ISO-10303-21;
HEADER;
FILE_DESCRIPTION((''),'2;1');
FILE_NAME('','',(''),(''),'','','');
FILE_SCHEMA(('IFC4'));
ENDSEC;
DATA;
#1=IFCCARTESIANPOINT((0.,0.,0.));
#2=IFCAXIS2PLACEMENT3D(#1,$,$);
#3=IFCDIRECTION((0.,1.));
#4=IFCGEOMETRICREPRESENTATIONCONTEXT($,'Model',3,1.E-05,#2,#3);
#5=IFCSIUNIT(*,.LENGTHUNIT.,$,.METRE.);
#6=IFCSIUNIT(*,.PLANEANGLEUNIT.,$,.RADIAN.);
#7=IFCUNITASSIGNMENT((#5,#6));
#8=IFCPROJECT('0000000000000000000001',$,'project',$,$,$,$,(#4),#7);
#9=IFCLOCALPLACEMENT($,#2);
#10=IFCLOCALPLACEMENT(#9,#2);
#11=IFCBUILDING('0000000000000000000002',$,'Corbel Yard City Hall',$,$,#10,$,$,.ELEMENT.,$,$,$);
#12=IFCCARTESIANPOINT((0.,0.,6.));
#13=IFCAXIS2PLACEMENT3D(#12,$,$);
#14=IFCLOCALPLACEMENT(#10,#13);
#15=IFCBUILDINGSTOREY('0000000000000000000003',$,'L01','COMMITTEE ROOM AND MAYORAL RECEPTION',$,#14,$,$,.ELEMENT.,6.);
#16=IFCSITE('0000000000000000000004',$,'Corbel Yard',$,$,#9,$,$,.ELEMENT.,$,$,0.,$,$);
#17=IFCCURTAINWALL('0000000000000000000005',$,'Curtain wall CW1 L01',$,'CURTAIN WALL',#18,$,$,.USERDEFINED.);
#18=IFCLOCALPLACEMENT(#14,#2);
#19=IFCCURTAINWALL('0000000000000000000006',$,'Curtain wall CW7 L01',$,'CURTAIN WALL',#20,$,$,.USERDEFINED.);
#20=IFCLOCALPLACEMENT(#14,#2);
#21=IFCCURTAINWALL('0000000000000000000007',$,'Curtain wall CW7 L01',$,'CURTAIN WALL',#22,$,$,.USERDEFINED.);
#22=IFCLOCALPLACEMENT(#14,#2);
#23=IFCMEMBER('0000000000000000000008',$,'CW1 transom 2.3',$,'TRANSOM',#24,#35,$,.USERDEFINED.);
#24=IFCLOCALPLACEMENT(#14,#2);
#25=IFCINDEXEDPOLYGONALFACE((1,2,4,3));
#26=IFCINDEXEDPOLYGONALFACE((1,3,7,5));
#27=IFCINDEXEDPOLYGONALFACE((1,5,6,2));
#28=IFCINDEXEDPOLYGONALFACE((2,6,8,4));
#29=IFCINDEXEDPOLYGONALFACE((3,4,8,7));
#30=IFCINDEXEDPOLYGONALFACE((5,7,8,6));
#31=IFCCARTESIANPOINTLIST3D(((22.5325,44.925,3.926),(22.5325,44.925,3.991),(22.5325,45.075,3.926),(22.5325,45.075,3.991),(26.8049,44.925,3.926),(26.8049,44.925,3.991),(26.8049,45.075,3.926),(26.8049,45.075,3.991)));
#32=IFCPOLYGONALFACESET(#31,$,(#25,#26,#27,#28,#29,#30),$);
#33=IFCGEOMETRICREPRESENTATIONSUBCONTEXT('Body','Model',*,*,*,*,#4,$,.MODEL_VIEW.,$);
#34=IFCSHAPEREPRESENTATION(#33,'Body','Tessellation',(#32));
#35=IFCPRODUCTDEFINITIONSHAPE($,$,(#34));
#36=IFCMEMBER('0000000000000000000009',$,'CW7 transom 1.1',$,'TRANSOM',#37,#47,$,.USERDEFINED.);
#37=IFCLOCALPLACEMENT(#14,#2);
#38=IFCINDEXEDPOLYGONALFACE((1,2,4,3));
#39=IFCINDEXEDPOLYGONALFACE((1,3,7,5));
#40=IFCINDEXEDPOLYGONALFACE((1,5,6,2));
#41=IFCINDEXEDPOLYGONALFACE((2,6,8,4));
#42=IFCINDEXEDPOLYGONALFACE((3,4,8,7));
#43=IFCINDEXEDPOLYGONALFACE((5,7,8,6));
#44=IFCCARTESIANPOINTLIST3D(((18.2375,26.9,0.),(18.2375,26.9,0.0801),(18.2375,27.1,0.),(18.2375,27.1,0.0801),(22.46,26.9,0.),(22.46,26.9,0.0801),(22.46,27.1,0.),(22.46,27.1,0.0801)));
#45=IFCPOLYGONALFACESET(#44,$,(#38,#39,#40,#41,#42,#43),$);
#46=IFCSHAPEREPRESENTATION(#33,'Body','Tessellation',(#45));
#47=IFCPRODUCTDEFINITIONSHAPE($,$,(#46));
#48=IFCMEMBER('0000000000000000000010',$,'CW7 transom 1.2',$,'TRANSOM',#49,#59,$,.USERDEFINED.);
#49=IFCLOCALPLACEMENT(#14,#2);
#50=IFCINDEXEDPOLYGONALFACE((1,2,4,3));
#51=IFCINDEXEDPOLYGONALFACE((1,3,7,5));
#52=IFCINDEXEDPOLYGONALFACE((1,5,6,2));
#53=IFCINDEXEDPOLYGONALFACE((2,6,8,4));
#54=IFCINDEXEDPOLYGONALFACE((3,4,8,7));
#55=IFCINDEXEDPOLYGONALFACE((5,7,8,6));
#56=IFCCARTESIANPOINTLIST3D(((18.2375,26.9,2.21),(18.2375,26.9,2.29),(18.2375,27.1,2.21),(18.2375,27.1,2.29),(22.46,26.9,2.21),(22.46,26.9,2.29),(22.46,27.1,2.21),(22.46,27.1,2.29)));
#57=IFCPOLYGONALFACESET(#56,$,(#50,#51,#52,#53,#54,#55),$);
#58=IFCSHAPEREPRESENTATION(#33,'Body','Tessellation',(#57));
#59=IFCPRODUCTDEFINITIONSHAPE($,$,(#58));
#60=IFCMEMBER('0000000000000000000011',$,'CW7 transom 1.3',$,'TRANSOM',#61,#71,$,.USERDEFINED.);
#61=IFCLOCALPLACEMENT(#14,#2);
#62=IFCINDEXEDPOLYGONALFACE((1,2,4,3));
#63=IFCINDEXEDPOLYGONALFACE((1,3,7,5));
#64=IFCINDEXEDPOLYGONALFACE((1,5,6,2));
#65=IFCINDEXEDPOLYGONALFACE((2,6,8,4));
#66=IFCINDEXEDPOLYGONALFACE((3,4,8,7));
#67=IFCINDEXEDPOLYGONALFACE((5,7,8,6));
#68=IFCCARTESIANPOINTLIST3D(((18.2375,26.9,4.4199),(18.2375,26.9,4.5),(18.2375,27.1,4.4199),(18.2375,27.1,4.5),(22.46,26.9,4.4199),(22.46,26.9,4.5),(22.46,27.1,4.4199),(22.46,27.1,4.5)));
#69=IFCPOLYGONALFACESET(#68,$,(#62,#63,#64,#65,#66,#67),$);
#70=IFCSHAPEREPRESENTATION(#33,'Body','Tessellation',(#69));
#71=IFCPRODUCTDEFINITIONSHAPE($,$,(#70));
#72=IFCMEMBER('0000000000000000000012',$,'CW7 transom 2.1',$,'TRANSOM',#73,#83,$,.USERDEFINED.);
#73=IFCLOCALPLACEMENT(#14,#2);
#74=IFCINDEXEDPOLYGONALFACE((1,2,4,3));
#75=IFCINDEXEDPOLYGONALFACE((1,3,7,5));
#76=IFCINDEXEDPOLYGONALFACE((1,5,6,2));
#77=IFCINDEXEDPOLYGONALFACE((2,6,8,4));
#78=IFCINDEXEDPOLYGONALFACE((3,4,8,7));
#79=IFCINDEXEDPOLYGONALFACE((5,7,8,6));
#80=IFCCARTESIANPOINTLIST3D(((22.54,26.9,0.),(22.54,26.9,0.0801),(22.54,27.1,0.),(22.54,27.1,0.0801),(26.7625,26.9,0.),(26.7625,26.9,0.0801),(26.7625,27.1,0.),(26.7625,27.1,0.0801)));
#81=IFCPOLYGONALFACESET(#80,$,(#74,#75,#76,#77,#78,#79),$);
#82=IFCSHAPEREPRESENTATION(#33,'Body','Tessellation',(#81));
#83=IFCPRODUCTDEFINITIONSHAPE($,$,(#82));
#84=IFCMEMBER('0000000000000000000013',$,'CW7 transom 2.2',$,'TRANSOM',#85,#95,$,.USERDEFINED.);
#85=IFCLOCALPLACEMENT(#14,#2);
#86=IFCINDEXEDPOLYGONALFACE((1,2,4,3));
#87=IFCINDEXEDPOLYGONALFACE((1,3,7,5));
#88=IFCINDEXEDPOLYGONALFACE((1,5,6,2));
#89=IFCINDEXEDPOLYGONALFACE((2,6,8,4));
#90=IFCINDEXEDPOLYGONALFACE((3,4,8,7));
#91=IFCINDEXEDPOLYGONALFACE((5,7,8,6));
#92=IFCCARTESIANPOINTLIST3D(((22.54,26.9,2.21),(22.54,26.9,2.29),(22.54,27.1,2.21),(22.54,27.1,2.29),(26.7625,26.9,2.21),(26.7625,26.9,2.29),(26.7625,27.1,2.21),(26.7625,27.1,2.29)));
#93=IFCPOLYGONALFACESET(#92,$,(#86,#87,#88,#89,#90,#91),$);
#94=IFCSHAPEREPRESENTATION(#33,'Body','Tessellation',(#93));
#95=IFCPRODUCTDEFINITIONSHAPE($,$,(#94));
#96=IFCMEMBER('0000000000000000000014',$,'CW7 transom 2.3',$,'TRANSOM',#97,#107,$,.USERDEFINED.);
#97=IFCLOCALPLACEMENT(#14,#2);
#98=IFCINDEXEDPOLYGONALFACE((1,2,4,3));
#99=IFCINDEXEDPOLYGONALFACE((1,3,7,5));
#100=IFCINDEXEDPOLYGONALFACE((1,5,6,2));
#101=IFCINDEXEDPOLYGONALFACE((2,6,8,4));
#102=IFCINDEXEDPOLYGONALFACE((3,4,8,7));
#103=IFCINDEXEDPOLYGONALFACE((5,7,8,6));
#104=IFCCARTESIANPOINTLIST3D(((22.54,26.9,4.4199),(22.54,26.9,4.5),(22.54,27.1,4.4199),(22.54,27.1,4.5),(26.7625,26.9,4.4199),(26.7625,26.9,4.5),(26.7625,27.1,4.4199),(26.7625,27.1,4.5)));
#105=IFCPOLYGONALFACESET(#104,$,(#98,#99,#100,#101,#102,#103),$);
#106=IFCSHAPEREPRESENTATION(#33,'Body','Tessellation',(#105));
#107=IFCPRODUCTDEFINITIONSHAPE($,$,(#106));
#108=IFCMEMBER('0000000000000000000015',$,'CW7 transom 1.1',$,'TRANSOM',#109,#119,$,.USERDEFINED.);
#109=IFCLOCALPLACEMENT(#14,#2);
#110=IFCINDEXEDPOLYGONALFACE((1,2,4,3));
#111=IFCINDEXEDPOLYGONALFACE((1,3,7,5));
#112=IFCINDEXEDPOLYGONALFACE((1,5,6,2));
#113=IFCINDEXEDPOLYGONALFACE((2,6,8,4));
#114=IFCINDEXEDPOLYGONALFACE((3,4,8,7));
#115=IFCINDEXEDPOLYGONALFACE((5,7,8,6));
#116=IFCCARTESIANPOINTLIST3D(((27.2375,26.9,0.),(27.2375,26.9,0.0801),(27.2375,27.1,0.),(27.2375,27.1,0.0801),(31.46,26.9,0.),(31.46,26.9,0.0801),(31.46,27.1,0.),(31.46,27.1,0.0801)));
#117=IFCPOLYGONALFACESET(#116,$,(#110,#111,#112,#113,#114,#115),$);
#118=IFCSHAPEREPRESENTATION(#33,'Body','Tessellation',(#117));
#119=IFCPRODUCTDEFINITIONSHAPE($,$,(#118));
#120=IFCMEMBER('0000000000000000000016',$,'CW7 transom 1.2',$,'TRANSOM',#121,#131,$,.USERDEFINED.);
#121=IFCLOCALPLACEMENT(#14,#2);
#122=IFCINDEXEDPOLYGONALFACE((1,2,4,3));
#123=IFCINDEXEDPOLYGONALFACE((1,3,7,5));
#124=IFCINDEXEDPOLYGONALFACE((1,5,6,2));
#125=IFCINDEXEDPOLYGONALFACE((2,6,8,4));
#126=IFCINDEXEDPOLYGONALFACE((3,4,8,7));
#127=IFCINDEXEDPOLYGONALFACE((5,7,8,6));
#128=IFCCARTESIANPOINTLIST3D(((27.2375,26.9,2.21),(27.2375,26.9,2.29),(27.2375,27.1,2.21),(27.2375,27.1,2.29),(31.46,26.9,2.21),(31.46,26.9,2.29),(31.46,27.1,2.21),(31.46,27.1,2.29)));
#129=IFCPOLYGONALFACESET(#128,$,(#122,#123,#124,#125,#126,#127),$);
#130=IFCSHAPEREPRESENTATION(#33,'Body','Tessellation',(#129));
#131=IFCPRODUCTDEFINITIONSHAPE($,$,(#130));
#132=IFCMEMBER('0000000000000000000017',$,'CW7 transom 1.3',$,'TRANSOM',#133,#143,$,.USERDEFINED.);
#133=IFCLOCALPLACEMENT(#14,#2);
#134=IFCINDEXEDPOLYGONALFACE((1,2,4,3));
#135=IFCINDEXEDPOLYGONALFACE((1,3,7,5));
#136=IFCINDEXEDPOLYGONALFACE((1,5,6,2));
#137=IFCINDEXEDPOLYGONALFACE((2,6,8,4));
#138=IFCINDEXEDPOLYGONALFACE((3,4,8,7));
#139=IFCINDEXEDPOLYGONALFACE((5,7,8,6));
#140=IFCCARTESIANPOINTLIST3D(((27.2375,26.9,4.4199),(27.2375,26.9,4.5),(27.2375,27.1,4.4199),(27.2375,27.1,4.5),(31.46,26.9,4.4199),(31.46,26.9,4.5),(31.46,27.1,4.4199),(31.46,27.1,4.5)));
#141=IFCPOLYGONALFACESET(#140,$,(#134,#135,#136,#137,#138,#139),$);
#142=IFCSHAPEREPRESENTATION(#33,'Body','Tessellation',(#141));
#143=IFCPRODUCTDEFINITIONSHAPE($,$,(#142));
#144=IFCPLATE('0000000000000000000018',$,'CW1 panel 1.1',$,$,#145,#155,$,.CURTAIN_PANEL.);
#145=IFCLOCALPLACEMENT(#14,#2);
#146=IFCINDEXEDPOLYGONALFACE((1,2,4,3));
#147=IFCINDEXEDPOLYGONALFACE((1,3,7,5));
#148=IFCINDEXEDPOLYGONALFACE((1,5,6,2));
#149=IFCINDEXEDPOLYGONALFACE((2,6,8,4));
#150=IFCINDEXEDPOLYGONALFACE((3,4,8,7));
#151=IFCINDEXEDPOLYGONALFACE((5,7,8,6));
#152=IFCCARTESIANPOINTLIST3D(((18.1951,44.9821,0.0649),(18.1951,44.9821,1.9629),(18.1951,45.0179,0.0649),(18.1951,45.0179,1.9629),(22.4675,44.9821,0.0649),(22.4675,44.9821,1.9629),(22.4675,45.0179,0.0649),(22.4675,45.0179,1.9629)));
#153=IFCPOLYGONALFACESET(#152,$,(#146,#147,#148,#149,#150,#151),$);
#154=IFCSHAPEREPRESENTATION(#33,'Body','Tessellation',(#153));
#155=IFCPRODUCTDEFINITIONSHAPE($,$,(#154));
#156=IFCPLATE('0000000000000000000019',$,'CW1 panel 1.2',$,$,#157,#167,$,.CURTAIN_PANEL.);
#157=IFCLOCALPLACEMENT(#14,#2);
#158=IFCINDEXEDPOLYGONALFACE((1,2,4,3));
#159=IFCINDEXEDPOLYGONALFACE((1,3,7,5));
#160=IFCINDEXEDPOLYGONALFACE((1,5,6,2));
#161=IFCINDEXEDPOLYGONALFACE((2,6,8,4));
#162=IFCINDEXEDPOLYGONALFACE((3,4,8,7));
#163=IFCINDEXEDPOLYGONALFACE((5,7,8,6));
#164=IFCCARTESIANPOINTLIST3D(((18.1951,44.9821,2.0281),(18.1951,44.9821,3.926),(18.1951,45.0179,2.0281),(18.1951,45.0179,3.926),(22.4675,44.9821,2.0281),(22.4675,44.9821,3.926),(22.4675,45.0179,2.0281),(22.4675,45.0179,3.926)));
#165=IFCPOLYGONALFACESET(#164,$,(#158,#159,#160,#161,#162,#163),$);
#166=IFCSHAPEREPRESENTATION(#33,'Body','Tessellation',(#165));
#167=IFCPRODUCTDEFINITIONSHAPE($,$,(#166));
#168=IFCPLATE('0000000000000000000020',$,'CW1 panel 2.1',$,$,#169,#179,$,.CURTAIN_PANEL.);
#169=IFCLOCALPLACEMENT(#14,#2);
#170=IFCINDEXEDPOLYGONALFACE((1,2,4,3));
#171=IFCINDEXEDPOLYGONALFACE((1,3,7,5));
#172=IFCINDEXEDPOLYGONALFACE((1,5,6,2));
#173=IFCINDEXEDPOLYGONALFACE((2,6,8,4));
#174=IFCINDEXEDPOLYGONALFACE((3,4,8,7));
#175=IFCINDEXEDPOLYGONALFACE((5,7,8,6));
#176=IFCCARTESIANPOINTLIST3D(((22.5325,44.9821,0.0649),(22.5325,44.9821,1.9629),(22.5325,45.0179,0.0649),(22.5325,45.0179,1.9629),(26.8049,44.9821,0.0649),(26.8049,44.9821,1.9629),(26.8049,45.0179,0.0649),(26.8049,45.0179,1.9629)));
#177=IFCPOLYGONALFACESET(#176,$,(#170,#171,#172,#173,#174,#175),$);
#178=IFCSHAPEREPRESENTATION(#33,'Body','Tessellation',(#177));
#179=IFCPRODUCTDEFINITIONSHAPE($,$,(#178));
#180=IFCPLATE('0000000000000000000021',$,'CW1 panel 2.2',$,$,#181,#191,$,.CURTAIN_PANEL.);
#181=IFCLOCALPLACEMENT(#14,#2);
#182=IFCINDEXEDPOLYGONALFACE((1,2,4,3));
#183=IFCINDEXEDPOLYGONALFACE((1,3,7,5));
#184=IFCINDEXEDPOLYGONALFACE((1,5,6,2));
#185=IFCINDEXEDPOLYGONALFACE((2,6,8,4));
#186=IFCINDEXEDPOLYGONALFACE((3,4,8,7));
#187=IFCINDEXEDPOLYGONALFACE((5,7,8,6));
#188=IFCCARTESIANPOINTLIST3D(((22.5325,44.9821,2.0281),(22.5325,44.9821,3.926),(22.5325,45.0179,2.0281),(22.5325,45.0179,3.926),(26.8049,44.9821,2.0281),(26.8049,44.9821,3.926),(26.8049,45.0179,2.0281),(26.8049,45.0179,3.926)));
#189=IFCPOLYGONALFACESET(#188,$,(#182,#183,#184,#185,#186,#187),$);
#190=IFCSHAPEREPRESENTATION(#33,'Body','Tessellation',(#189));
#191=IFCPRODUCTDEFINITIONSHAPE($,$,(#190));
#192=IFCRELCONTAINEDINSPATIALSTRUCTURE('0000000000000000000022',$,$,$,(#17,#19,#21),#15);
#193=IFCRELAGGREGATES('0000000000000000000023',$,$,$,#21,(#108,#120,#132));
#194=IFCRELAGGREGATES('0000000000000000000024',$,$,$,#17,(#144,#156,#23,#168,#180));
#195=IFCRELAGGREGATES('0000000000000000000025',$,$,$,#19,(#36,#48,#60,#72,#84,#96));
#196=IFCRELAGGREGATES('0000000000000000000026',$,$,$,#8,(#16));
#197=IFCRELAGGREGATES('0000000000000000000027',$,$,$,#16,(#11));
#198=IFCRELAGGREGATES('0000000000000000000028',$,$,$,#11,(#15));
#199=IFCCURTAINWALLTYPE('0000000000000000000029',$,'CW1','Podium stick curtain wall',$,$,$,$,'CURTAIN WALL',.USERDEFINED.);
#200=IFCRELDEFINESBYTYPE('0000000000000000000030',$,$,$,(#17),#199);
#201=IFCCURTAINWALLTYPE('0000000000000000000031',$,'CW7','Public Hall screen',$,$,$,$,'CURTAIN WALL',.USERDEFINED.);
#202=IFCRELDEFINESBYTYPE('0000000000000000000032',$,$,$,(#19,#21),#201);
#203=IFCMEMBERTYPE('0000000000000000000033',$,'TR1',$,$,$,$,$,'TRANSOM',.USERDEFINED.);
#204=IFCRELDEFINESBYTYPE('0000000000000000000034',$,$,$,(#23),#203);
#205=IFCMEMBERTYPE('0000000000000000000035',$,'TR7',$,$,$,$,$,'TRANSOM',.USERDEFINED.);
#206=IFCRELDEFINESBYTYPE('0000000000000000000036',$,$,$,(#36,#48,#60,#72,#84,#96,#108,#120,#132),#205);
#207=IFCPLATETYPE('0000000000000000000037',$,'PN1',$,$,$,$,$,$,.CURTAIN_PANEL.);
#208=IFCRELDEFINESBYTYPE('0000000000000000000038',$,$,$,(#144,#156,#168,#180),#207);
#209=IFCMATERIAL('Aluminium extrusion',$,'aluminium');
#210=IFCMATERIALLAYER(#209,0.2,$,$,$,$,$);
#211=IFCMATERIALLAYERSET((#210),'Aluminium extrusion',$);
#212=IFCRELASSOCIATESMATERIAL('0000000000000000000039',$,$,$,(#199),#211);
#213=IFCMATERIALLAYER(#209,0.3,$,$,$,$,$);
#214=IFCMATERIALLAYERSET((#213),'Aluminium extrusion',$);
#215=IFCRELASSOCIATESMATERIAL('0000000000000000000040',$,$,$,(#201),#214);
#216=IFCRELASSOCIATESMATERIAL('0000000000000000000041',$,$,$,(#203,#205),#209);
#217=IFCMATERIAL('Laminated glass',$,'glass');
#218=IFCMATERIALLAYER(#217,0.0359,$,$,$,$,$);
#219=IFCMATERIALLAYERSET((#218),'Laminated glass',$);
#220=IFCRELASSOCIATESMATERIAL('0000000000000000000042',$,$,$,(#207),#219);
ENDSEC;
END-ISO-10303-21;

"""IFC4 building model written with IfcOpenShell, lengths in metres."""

from ifc_helpers import new_model, si_unit, direction, frame, origin, origin_2d, place, context, subcontext, project, spatial, rectangle, extrude, material, layer, layer_set, material_profile, profile_set, type_object, element, aggregate, save


model = new_model("IFC4")

# Units and contexts
model_context = context("Model", 3, precision=1e-05, world=origin(), true_north=direction((0.0, 1.0)))
body_context = subcontext(model_context, "Body", "Model", "MODEL_VIEW")
ifc_project = project(units=[si_unit("LENGTHUNIT", "METRE"), si_unit("PLANEANGLEUNIT", "RADIAN")], contexts=[model_context])

# Site, building, storey
site_placement = place(None, origin())
site = spatial("IfcSite", under=ifc_project, at=site_placement, Name="Corbel Yard", CompositionType="ELEMENT", RefElevation=0.0)
building_placement = place(site_placement, origin())
building = spatial("IfcBuilding", under=site, at=building_placement, Name="Corbel Yard City Hall", CompositionType="ELEMENT")
storey_placement = place(building_placement, frame((0.0, 0.0, 6.0)))
storey = spatial("IfcBuildingStorey", under=building, at=storey_placement, Name="L01", Description="COMMITTEE ROOM AND MAYORAL RECEPTION", CompositionType="ELEMENT", Elevation=6.0)

# Curtain walls
ifc_material_1 = material(Name="Aluminium extrusion", Category="aluminium")
ifc_layer_1 = layer(ifc_material_1, 0.2)
ifc_layer_set_1 = layer_set([ifc_layer_1], Name="Aluminium extrusion")
curtain_wall_type_1 = type_object("IfcCurtainWallType", Name="CW1", Description="Podium stick curtain wall", ElementType="CURTAIN WALL", PredefinedType="USERDEFINED", material=ifc_layer_set_1)
curtain_wall_1_placement = place(storey_placement, origin())
curtain_wall_1 = element("IfcCurtainWall", 1, at=curtain_wall_1_placement, inside=storey, type_object=curtain_wall_type_1, Name="Curtain wall CW1 L01", ObjectType="CURTAIN WALL", PredefinedType="USERDEFINED")
ifc_layer_2 = layer(ifc_material_1, 0.3)
ifc_layer_set_2 = layer_set([ifc_layer_2], Name="Aluminium extrusion")
curtain_wall_type_2 = type_object("IfcCurtainWallType", Name="CW7", Description="Public Hall screen", ElementType="CURTAIN WALL", PredefinedType="USERDEFINED", material=ifc_layer_set_2)
curtain_wall_2_placement = place(storey_placement, origin())
curtain_wall_2 = element("IfcCurtainWall", 2, at=curtain_wall_2_placement, inside=storey, type_object=curtain_wall_type_2, Name="Curtain wall CW7 L01", ObjectType="CURTAIN WALL", PredefinedType="USERDEFINED")

# Curtain wall
curtain_wall_3_placement = place(storey_placement, origin())
curtain_wall_3 = element("IfcCurtainWall", 3, at=curtain_wall_3_placement, inside=storey, type_object=curtain_wall_type_2, Name="Curtain wall CW7 L01", ObjectType="CURTAIN WALL", PredefinedType="USERDEFINED")

# Members
ifc_material_profile_1 = material_profile(ifc_material_1, rectangle(XDim=0.1499, YDim=0.0649, at=origin_2d()), Name="150x65")
ifc_profile_set_1 = profile_set([ifc_material_profile_1], Name="Aluminium extrusion")
member_type_1 = type_object("IfcMemberType", Name="TR1", ElementType="TRANSOM", PredefinedType="USERDEFINED", material=ifc_profile_set_1)
member_1_placement = place(storey_placement, frame((22.5325, 45.0, 3.9585), z_axis=(1.0, 0.0, 0.0), x_axis=(0.0, 1.0, 0.0)))
member_1 = element("IfcMember", 4, at=member_1_placement, type_object=member_type_1, Name="CW1 transom 2.3", ObjectType="TRANSOM", PredefinedType="USERDEFINED", context=body_context, shape_type="SweptSolid", body=[
    extrude(rectangle(XDim=0.1499, YDim=0.0649, at=origin_2d()), origin(), (0.0, 0.0, 1.0), 4.2725),
])
ifc_material_profile_2 = material_profile(ifc_material_1, rectangle(XDim=0.2, YDim=0.0801, at=origin_2d()), Name="200x80")
ifc_profile_set_2 = profile_set([ifc_material_profile_2], Name="Aluminium extrusion")
member_type_2 = type_object("IfcMemberType", Name="TR7", ElementType="TRANSOM", PredefinedType="USERDEFINED", material=ifc_profile_set_2)
member_2_placement = place(storey_placement, frame((18.2375, 27.0, 0.04), z_axis=(1.0, 0.0, 0.0), x_axis=(0.0, 1.0, 0.0)))
member_2 = element("IfcMember", 5, at=member_2_placement, type_object=member_type_2, Name="CW7 transom 1.1", ObjectType="TRANSOM", PredefinedType="USERDEFINED", context=body_context, shape_type="SweptSolid", body=[
    extrude(rectangle(XDim=0.2, YDim=0.0801, at=origin_2d()), origin(), (0.0, 0.0, 1.0), 4.2224),
])
member_3_placement = place(storey_placement, frame((18.2375, 27.0, 2.25), z_axis=(1.0, 0.0, 0.0), x_axis=(0.0, 1.0, 0.0)))
member_3 = element("IfcMember", 6, at=member_3_placement, type_object=member_type_2, Name="CW7 transom 1.2", ObjectType="TRANSOM", PredefinedType="USERDEFINED", context=body_context, shape_type="SweptSolid", body=[
    extrude(rectangle(XDim=0.2, YDim=0.0801, at=origin_2d()), origin(), (0.0, 0.0, 1.0), 4.2224),
])
member_4_placement = place(storey_placement, frame((18.2375, 27.0, 4.46), z_axis=(1.0, 0.0, 0.0), x_axis=(0.0, 1.0, 0.0)))
member_4 = element("IfcMember", 7, at=member_4_placement, type_object=member_type_2, Name="CW7 transom 1.3", ObjectType="TRANSOM", PredefinedType="USERDEFINED", context=body_context, shape_type="SweptSolid", body=[
    extrude(rectangle(XDim=0.2, YDim=0.0801, at=origin_2d()), origin(), (0.0, 0.0, 1.0), 4.2224),
])
member_5_placement = place(storey_placement, frame((22.54, 27.0, 0.04), z_axis=(1.0, 0.0, 0.0), x_axis=(0.0, 1.0, 0.0)))
member_5 = element("IfcMember", 8, at=member_5_placement, type_object=member_type_2, Name="CW7 transom 2.1", ObjectType="TRANSOM", PredefinedType="USERDEFINED", context=body_context, shape_type="SweptSolid", body=[
    extrude(rectangle(XDim=0.2, YDim=0.0801, at=origin_2d()), origin(), (0.0, 0.0, 1.0), 4.2224),
])
member_6_placement = place(storey_placement, frame((22.54, 27.0, 2.25), z_axis=(1.0, 0.0, 0.0), x_axis=(0.0, 1.0, 0.0)))
member_6 = element("IfcMember", 9, at=member_6_placement, type_object=member_type_2, Name="CW7 transom 2.2", ObjectType="TRANSOM", PredefinedType="USERDEFINED", context=body_context, shape_type="SweptSolid", body=[
    extrude(rectangle(XDim=0.2, YDim=0.0801, at=origin_2d()), origin(), (0.0, 0.0, 1.0), 4.2224),
])
member_7_placement = place(storey_placement, frame((22.54, 27.0, 4.46), z_axis=(1.0, 0.0, 0.0), x_axis=(0.0, 1.0, 0.0)))
member_7 = element("IfcMember", 10, at=member_7_placement, type_object=member_type_2, Name="CW7 transom 2.3", ObjectType="TRANSOM", PredefinedType="USERDEFINED", context=body_context, shape_type="SweptSolid", body=[
    extrude(rectangle(XDim=0.2, YDim=0.0801, at=origin_2d()), origin(), (0.0, 0.0, 1.0), 4.2224),
])
member_8_placement = place(storey_placement, frame((27.2375, 27.0, 0.04), z_axis=(1.0, 0.0, 0.0), x_axis=(0.0, 1.0, 0.0)))
member_8 = element("IfcMember", 11, at=member_8_placement, type_object=member_type_2, Name="CW7 transom 1.1", ObjectType="TRANSOM", PredefinedType="USERDEFINED", context=body_context, shape_type="SweptSolid", body=[
    extrude(rectangle(XDim=0.2, YDim=0.0801, at=origin_2d()), origin(), (0.0, 0.0, 1.0), 4.2224),
])
member_9_placement = place(storey_placement, frame((27.2375, 27.0, 2.25), z_axis=(1.0, 0.0, 0.0), x_axis=(0.0, 1.0, 0.0)))
member_9 = element("IfcMember", 12, at=member_9_placement, type_object=member_type_2, Name="CW7 transom 1.2", ObjectType="TRANSOM", PredefinedType="USERDEFINED", context=body_context, shape_type="SweptSolid", body=[
    extrude(rectangle(XDim=0.2, YDim=0.0801, at=origin_2d()), origin(), (0.0, 0.0, 1.0), 4.2224),
])
member_10_placement = place(storey_placement, frame((27.2375, 27.0, 4.46), z_axis=(1.0, 0.0, 0.0), x_axis=(0.0, 1.0, 0.0)))
member_10 = element("IfcMember", 13, at=member_10_placement, type_object=member_type_2, Name="CW7 transom 1.3", ObjectType="TRANSOM", PredefinedType="USERDEFINED", context=body_context, shape_type="SweptSolid", body=[
    extrude(rectangle(XDim=0.2, YDim=0.0801, at=origin_2d()), origin(), (0.0, 0.0, 1.0), 4.2224),
])
aggregate(curtain_wall_3, [member_8, member_9, member_10])

# Plates
ifc_material_2 = material(Name="Laminated glass", Category="glass")
ifc_layer_3 = layer(ifc_material_2, 0.0359)
ifc_layer_set_3 = layer_set([ifc_layer_3], Name="Laminated glass")
plate_type_1 = type_object("IfcPlateType", Name="PN1", PredefinedType="CURTAIN_PANEL", material=ifc_layer_set_3)
plate_1_placement = place(storey_placement, frame((20.3313, 45.0, 0.0649), z_axis=(0.0, 0.0, 1.0), x_axis=(1.0, 0.0, 0.0)))
plate_1 = element("IfcPlate", 14, at=plate_1_placement, type_object=plate_type_1, Name="CW1 panel 1.1", PredefinedType="CURTAIN_PANEL", context=body_context, shape_type="SweptSolid", body=[
    extrude(rectangle(XDim=4.2725, YDim=0.0359, at=origin_2d()), origin(), (0.0, 0.0, 1.0), 1.8979),
])
plate_2_placement = place(storey_placement, frame((20.3313, 45.0, 2.0281), z_axis=(0.0, 0.0, 1.0), x_axis=(1.0, 0.0, 0.0)))
plate_2 = element("IfcPlate", 15, at=plate_2_placement, type_object=plate_type_1, Name="CW1 panel 1.2", PredefinedType="CURTAIN_PANEL", context=body_context, shape_type="SweptSolid", body=[
    extrude(rectangle(XDim=4.2725, YDim=0.0359, at=origin_2d()), origin(), (0.0, 0.0, 1.0), 1.8979),
])
plate_3_placement = place(storey_placement, frame((24.6687, 45.0, 0.0649), z_axis=(0.0, 0.0, 1.0), x_axis=(1.0, 0.0, 0.0)))
plate_3 = element("IfcPlate", 16, at=plate_3_placement, type_object=plate_type_1, Name="CW1 panel 2.1", PredefinedType="CURTAIN_PANEL", context=body_context, shape_type="SweptSolid", body=[
    extrude(rectangle(XDim=4.2725, YDim=0.0359, at=origin_2d()), origin(), (0.0, 0.0, 1.0), 1.8979),
])
plate_4_placement = place(storey_placement, frame((24.6687, 45.0, 2.0281), z_axis=(0.0, 0.0, 1.0), x_axis=(1.0, 0.0, 0.0)))
plate_4 = element("IfcPlate", 17, at=plate_4_placement, type_object=plate_type_1, Name="CW1 panel 2.2", PredefinedType="CURTAIN_PANEL", context=body_context, shape_type="SweptSolid", body=[
    extrude(rectangle(XDim=4.2725, YDim=0.0359, at=origin_2d()), origin(), (0.0, 0.0, 1.0), 1.8979),
])
aggregate(curtain_wall_1, [plate_1, plate_2, member_1, plate_3, plate_4])
aggregate(curtain_wall_2, [member_2, member_3, member_4, member_5, member_6, member_7])

save(model, "model.ifc")
